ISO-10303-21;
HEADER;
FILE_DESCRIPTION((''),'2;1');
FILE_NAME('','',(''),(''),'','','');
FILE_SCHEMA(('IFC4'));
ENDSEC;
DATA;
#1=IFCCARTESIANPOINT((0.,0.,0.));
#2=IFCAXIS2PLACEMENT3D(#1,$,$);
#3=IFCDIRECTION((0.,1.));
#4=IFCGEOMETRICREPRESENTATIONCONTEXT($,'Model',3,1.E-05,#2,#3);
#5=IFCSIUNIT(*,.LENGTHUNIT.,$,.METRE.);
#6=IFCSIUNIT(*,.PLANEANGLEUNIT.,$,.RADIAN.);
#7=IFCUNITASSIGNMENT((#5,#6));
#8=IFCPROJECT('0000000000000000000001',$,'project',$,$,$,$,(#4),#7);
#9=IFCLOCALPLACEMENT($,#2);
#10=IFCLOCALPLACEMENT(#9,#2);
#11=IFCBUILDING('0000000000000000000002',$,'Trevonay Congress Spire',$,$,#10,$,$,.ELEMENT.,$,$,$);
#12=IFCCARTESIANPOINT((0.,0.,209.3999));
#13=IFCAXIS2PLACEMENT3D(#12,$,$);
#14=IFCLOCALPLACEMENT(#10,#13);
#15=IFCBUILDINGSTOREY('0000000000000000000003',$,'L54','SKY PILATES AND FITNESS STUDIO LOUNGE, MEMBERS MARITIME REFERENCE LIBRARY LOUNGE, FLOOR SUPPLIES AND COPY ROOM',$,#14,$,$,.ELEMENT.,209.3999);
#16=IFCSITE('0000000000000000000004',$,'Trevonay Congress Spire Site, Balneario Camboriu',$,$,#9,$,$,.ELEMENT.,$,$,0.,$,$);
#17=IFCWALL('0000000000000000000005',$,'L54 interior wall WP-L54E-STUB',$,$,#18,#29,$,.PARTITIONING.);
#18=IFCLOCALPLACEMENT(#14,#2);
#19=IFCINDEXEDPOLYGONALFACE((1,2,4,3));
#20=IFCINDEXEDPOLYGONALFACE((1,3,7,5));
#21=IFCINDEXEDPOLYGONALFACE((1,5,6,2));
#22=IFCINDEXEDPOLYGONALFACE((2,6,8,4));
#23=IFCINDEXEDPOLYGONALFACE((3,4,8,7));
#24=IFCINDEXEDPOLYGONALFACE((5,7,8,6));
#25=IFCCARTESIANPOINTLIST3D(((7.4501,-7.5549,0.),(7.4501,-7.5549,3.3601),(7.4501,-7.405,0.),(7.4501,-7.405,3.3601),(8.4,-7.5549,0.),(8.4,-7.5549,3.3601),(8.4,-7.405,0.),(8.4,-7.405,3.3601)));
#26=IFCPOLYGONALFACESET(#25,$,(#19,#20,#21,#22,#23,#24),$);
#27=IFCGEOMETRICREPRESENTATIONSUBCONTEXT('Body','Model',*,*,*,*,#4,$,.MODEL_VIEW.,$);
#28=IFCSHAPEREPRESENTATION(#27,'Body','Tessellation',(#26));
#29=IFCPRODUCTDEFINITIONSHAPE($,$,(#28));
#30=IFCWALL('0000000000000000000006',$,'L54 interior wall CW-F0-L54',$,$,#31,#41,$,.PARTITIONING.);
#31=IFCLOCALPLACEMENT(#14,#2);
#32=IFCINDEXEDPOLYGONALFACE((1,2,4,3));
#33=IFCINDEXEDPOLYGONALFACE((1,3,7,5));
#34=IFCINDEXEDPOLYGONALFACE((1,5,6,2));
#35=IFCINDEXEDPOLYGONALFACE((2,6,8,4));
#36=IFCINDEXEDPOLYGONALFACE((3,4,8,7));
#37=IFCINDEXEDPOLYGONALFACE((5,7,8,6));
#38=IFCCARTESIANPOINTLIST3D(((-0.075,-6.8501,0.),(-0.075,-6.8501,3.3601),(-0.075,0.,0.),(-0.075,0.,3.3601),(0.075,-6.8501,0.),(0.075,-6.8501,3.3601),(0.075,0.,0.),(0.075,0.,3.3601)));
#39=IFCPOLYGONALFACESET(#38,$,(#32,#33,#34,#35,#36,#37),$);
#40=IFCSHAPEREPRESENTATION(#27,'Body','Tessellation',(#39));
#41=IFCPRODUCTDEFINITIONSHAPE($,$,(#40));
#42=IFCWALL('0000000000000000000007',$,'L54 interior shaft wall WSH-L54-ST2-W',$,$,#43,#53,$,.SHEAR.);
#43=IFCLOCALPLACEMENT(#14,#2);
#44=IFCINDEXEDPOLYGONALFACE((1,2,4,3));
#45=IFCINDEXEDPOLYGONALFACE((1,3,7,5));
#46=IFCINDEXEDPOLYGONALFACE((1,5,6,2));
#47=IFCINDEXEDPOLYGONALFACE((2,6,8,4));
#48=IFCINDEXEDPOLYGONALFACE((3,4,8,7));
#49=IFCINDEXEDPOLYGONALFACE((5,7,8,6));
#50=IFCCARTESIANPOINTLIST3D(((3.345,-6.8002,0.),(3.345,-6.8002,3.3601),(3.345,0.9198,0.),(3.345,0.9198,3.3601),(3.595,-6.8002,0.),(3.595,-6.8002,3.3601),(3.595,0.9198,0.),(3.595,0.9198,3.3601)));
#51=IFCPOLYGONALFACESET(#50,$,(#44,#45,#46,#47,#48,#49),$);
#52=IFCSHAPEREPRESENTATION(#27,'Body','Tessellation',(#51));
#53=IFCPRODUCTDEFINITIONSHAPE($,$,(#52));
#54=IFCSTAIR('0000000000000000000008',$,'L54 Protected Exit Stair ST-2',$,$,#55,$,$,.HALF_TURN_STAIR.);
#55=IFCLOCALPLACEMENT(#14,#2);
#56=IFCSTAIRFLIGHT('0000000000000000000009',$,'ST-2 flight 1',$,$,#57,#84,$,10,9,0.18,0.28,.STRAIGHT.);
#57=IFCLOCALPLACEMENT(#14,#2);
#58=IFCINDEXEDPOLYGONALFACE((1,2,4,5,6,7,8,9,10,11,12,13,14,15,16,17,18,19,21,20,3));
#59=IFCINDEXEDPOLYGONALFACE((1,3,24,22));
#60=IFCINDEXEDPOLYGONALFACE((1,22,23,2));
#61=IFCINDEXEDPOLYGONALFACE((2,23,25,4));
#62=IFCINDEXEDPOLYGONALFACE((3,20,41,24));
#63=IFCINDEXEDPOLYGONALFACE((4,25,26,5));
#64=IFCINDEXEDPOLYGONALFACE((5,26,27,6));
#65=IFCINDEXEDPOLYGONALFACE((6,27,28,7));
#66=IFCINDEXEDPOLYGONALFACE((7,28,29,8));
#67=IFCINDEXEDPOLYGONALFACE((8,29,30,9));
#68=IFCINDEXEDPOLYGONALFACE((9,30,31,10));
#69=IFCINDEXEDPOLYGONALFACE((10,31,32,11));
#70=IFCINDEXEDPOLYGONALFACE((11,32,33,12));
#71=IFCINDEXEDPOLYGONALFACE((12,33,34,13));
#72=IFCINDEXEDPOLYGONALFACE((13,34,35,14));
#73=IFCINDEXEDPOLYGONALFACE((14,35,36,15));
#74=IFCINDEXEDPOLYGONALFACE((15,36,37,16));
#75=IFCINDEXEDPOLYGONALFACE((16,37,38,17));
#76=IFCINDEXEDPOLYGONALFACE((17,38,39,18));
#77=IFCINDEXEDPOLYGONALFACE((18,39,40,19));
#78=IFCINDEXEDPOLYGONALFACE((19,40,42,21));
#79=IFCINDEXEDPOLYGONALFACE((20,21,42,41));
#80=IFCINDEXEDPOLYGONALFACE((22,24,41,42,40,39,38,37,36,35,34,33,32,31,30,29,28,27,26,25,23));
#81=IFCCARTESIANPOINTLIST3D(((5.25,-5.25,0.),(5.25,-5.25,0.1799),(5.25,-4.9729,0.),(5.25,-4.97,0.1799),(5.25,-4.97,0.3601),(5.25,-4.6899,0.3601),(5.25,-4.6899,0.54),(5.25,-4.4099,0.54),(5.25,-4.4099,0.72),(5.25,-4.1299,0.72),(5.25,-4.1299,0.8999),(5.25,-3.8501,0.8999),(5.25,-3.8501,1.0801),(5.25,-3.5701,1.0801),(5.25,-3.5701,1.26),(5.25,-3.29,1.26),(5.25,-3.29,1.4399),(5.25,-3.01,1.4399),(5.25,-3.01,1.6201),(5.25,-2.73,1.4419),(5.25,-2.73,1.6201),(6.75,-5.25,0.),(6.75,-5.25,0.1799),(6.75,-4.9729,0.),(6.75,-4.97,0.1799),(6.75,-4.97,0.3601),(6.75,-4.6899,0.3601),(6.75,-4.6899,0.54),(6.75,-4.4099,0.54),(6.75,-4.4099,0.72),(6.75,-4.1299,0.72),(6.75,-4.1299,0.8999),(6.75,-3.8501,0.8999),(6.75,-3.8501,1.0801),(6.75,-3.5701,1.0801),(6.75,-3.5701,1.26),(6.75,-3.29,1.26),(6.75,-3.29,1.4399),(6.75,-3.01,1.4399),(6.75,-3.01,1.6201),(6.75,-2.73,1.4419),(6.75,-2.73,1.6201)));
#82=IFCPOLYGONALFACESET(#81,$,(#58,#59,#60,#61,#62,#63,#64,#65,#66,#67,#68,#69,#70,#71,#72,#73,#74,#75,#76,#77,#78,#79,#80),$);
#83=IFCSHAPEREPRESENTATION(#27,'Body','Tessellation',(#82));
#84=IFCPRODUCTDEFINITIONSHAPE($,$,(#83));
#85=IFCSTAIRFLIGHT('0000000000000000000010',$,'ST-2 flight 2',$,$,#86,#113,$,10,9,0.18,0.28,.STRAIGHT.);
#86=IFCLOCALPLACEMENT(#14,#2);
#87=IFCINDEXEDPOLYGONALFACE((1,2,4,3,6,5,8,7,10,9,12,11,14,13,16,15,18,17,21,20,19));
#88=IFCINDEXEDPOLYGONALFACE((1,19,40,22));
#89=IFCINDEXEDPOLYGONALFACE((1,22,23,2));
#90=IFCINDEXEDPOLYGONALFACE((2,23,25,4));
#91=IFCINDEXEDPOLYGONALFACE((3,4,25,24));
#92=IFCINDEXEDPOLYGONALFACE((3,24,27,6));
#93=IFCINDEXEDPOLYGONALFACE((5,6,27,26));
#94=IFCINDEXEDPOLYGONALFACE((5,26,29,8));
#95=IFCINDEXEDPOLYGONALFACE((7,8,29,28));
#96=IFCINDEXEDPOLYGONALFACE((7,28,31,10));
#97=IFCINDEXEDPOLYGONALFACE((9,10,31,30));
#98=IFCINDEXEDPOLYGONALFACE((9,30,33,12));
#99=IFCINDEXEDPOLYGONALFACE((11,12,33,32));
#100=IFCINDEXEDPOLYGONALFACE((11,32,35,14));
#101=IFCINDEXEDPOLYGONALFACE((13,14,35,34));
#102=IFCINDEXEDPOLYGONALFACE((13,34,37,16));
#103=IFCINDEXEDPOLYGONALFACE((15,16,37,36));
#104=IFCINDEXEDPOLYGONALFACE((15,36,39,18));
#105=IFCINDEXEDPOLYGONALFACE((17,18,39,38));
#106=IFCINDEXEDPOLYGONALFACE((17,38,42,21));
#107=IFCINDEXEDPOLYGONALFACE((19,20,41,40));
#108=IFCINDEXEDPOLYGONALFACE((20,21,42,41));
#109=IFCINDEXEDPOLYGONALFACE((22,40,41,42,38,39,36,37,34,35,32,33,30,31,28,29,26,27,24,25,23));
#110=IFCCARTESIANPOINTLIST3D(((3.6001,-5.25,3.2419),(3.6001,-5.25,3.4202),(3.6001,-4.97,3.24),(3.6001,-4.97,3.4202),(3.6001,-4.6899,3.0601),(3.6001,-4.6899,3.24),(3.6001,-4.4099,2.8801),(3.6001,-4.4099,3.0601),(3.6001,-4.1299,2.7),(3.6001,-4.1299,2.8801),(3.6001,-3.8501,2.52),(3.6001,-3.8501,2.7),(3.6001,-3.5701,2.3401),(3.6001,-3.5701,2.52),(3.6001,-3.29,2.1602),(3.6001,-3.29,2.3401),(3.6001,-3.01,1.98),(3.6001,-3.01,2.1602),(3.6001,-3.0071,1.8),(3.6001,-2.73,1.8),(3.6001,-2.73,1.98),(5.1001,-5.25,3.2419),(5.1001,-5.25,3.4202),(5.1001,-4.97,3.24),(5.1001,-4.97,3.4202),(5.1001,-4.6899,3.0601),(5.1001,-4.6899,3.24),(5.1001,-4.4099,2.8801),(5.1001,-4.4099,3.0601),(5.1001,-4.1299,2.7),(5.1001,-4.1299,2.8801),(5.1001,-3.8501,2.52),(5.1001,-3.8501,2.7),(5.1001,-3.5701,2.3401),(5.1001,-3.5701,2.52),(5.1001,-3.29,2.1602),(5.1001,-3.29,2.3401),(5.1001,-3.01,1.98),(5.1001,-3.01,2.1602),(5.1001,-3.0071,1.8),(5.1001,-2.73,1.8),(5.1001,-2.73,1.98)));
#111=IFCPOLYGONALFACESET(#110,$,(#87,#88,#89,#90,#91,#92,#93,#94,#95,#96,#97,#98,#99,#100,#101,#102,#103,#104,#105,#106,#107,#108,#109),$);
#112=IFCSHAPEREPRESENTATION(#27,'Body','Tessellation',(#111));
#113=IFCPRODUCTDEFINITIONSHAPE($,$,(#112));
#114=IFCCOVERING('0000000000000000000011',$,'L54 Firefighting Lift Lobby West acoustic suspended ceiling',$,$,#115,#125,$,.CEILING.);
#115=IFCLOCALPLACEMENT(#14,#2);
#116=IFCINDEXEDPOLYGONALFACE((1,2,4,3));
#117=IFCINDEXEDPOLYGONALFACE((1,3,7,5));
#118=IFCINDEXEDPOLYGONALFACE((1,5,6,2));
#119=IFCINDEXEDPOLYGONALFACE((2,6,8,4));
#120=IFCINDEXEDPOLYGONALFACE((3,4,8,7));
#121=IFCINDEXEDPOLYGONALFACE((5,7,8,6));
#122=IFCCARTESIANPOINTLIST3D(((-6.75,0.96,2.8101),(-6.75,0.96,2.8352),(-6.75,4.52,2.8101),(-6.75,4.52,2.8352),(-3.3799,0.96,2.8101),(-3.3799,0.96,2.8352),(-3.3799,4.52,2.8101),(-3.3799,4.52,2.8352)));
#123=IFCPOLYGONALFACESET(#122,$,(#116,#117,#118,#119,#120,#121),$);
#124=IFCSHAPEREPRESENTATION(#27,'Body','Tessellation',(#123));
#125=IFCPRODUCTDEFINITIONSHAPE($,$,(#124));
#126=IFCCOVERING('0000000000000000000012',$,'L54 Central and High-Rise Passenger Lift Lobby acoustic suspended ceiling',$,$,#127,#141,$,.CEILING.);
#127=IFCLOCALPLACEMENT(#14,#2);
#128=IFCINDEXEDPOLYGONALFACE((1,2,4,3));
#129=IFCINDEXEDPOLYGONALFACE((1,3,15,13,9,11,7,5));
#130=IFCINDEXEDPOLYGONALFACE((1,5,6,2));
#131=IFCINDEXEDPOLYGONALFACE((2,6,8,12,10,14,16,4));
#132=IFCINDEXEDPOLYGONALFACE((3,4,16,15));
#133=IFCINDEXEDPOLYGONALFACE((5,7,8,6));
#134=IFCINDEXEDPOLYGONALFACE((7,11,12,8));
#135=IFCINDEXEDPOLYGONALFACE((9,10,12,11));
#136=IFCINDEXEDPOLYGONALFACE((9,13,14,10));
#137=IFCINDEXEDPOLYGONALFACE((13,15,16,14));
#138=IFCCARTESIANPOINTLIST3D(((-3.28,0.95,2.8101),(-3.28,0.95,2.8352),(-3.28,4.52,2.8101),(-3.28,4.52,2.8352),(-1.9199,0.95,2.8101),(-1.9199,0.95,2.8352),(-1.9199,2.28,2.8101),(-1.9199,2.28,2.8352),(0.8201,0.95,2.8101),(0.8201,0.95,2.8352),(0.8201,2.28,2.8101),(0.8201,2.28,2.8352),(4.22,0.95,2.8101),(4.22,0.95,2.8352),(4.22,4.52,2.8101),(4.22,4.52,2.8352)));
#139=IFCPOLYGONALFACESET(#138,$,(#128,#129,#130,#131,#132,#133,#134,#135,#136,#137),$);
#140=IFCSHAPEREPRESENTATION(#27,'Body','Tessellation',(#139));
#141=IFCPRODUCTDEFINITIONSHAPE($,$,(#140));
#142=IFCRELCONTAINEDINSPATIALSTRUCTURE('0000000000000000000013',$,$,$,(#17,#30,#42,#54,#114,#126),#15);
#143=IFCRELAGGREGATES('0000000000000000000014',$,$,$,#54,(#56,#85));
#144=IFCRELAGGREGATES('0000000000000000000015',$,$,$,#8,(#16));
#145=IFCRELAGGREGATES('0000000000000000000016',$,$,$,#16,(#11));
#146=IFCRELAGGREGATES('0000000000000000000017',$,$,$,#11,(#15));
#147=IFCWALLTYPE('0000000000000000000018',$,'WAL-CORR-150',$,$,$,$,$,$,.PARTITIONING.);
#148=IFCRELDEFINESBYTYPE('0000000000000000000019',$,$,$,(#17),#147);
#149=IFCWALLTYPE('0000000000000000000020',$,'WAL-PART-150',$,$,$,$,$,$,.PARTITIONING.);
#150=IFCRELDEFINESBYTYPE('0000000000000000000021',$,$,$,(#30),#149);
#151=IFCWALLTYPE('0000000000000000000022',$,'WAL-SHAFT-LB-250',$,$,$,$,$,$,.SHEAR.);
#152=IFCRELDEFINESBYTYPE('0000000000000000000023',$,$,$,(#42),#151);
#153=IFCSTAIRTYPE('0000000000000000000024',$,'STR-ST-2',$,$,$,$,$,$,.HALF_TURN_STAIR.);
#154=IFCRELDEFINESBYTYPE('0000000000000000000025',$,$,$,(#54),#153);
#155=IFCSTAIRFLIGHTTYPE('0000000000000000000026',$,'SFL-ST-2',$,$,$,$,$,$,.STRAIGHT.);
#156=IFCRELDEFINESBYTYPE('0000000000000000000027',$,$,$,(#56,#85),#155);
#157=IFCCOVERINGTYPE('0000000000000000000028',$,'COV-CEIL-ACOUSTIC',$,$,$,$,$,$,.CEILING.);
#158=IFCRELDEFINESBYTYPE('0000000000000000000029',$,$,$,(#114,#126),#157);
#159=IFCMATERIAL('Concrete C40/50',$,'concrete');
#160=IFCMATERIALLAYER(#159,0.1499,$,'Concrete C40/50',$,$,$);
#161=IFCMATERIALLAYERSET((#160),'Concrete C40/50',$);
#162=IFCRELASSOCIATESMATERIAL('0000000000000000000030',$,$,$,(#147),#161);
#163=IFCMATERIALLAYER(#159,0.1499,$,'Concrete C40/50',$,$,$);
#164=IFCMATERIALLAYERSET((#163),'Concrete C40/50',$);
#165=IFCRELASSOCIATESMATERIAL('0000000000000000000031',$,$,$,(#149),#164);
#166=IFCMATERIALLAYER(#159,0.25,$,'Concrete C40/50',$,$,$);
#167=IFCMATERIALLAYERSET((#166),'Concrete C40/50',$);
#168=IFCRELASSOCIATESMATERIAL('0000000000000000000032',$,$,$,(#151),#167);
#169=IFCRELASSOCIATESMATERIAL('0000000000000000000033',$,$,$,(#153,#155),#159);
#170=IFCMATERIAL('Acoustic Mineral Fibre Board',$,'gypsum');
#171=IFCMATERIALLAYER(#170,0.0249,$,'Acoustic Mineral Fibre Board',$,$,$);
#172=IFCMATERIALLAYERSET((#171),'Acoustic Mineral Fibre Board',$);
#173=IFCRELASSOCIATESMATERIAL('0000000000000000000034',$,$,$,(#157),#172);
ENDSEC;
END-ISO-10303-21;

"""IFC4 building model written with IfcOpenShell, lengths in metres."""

from ifc_helpers import new_model, si_unit, direction, frame, frame_2d, origin, place, context, subcontext, project, spatial, polyline, rectangle, outline, extrude, material, layer, layer_set, type_object, element, aggregate, save


model = new_model("IFC4")

# Units and contexts
model_context = context("Model", 3, precision=1e-05, world=origin(), true_north=direction((0.0, 1.0)))
body_context = subcontext(model_context, "Body", "Model", "MODEL_VIEW")
ifc_project = project(units=[si_unit("LENGTHUNIT", "METRE"), si_unit("PLANEANGLEUNIT", "RADIAN")], contexts=[model_context])

# Site, building, storey
site_placement = place(None, origin())
site = spatial("IfcSite", under=ifc_project, at=site_placement, Name="Trevonay Congress Spire Site, Balneario Camboriu", CompositionType="ELEMENT", RefElevation=0.0)
building_placement = place(site_placement, origin())
building = spatial("IfcBuilding", under=site, at=building_placement, Name="Trevonay Congress Spire", CompositionType="ELEMENT")
storey_placement = place(building_placement, frame((0.0, 0.0, 209.3999)))
storey = spatial("IfcBuildingStorey", under=building, at=storey_placement, Name="L54", Description="SKY PILATES AND FITNESS STUDIO LOUNGE, MEMBERS MARITIME REFERENCE LIBRARY LOUNGE, FLOOR SUPPLIES AND COPY ROOM", CompositionType="ELEMENT", Elevation=209.3999)

# Walls
ifc_material_1 = material(Name="Concrete C40/50", Category="concrete")
ifc_layer_1 = layer(ifc_material_1, 0.1499, Name="Concrete C40/50")
ifc_layer_set_1 = layer_set([ifc_layer_1], Name="Concrete C40/50")
wall_type_1 = type_object("IfcWallType", Name="WAL-CORR-150", PredefinedType="PARTITIONING", material=ifc_layer_set_1)
wall_1_placement = place(storey_placement, frame((7.45, -7.48, 0.0), z_axis=(0.0, 0.0, 1.0), x_axis=(1.0, 0.0, 0.0)))
element("IfcWall", 1, at=wall_1_placement, inside=storey, type_object=wall_type_1, Name="L54 interior wall WP-L54E-STUB", PredefinedType="PARTITIONING", context=body_context, shape_type="SweptSolid", body=[
    extrude(rectangle(XDim=0.95, YDim=0.1499, at=frame_2d((0.4751, 0.0))), origin(), (0.0, 0.0, 1.0), 3.3601),
])
ifc_layer_2 = layer(ifc_material_1, 0.1499, Name="Concrete C40/50")
ifc_layer_set_2 = layer_set([ifc_layer_2], Name="Concrete C40/50")
wall_type_2 = type_object("IfcWallType", Name="WAL-PART-150", PredefinedType="PARTITIONING", material=ifc_layer_set_2)
wall_2_placement = place(storey_placement, frame((0.0, -6.8501, 0.0), z_axis=(0.0, 0.0, 1.0), x_axis=(0.0, 1.0, 0.0)))
element("IfcWall", 2, at=wall_2_placement, inside=storey, type_object=wall_type_2, Name="L54 interior wall CW-F0-L54", PredefinedType="PARTITIONING", context=body_context, shape_type="SweptSolid", body=[
    extrude(rectangle(XDim=6.8501, YDim=0.1499, at=frame_2d((3.425, 0.0))), origin(), (0.0, 0.0, 1.0), 3.3601),
])
ifc_layer_3 = layer(ifc_material_1, 0.25, Name="Concrete C40/50")
ifc_layer_set_3 = layer_set([ifc_layer_3], Name="Concrete C40/50")
wall_type_3 = type_object("IfcWallType", Name="WAL-SHAFT-LB-250", PredefinedType="SHEAR", material=ifc_layer_set_3)
wall_3_placement = place(storey_placement, frame((3.47, -6.8, 0.0), z_axis=(0.0, 0.0, 1.0), x_axis=(0.0, 1.0, 0.0)))
element("IfcWall", 3, at=wall_3_placement, inside=storey, type_object=wall_type_3, Name="L54 interior shaft wall WSH-L54-ST2-W", PredefinedType="SHEAR", context=body_context, shape_type="SweptSolid", body=[
    extrude(rectangle(XDim=7.72, YDim=0.25, at=frame_2d((3.8599, 0.0))), origin(), (0.0, 0.0, 1.0), 3.3601),
])

# Stair, stair flights
stair_type = type_object("IfcStairType", Name="STR-ST-2", PredefinedType="HALF_TURN_STAIR", material=ifc_material_1)
stair_placement = place(storey_placement, origin())
stair = element("IfcStair", 4, at=stair_placement, inside=storey, type_object=stair_type, Name="L54 Protected Exit Stair ST-2", PredefinedType="HALF_TURN_STAIR")
stair_flight_type = type_object("IfcStairFlightType", Name="SFL-ST-2", PredefinedType="STRAIGHT", material=ifc_material_1)
stair_flight_1_placement = place(storey_placement, frame((6.0, -5.25, 0.0), z_axis=(0.0, 0.0, 1.0), x_axis=(0.0, 1.0, 0.0)))
stair_flight_1 = element("IfcStairFlight", 5, at=stair_flight_1_placement, type_object=stair_flight_type, Name="ST-2 flight 1", NumberOfRisers=10, NumberOfTreads=9, PredefinedType="STRAIGHT", RiserHeight=0.18, TreadLength=0.28, context=body_context, shape_type="SweptSolid", body=[
    extrude(outline(polyline([(0.0, 0.0), (0.0, 0.1799), (0.28, 0.1799), (0.28, 0.3601), (0.5601, 0.3601), (0.5601, 0.54), (0.8401, 0.54), (0.8401, 0.72), (1.1201, 0.72), (1.1201, 0.8999), (1.3999, 0.8999), (1.3999, 1.0801), (1.6799, 1.0801), (1.6799, 1.26), (1.96, 1.26), (1.96, 1.4399), (2.24, 1.4399), (2.24, 1.6201), (2.52, 1.6201), (2.52, 1.8), (2.52, 1.4419), (0.2771, 0.0), (0.0, 0.0)])), frame((0.0, 0.75, 0.0), z_axis=(0.0, -1.0, 0.0), x_axis=(1.0, 0.0, 0.0)), (0.0, 0.0, 1.0), 1.5),
])
stair_flight_2_placement = place(storey_placement, frame((4.3501, -2.73, 1.8), z_axis=(0.0, 0.0, 1.0), x_axis=(0.0, -1.0, 0.0)))
stair_flight_2 = element("IfcStairFlight", 6, at=stair_flight_2_placement, type_object=stair_flight_type, Name="ST-2 flight 2", NumberOfRisers=10, NumberOfTreads=9, PredefinedType="STRAIGHT", RiserHeight=0.18, TreadLength=0.28, context=body_context, shape_type="SweptSolid", body=[
    extrude(outline(polyline([(0.0, 0.0), (0.0, 0.1799), (0.28, 0.1799), (0.28, 0.3601), (0.5601, 0.3601), (0.5601, 0.54), (0.8401, 0.54), (0.8401, 0.72), (1.1201, 0.72), (1.1201, 0.8999), (1.3999, 0.8999), (1.3999, 1.0801), (1.6799, 1.0801), (1.6799, 1.26), (1.96, 1.26), (1.96, 1.4399), (2.24, 1.4399), (2.24, 1.6201), (2.52, 1.6201), (2.52, 1.8), (2.52, 1.4419), (0.2771, 0.0), (0.0, 0.0)])), frame((0.0, 0.75, 0.0), z_axis=(0.0, -1.0, 0.0), x_axis=(1.0, 0.0, 0.0)), (0.0, 0.0, 1.0), 1.5),
])
aggregate(stair, [stair_flight_1, stair_flight_2])

# Coverings
ifc_material_2 = material(Name="Acoustic Mineral Fibre Board", Category="gypsum")
ifc_layer_4 = layer(ifc_material_2, 0.0249, Name="Acoustic Mineral Fibre Board")
ifc_layer_set_4 = layer_set([ifc_layer_4], Name="Acoustic Mineral Fibre Board")
covering_type_1 = type_object("IfcCoveringType", Name="COV-CEIL-ACOUSTIC", PredefinedType="CEILING", material=ifc_layer_set_4)
covering_1_placement = place(storey_placement, frame((0.0, 0.0, 2.8101)))
element("IfcCovering", 7, at=covering_1_placement, inside=storey, type_object=covering_type_1, Name="L54 Firefighting Lift Lobby West acoustic suspended ceiling", PredefinedType="CEILING", context=body_context, shape_type="SweptSolid", body=[
    extrude(outline(polyline([(-6.75, 0.96), (-3.3799, 0.96), (-3.3799, 4.52), (-6.75, 4.52), (-6.75, 0.96)])), origin(), (0.0, 0.0, 1.0), 0.0251),
])
covering_2_placement = place(storey_placement, frame((0.0, 0.0, 2.8101)))
element("IfcCovering", 8, at=covering_2_placement, inside=storey, type_object=covering_type_1, Name="L54 Central and High-Rise Passenger Lift Lobby acoustic suspended ceiling", PredefinedType="CEILING", context=body_context, shape_type="SweptSolid", body=[
    extrude(outline(polyline([(-3.28, 0.95), (-1.9199, 0.95), (-1.9199, 2.28), (0.8201, 2.28), (0.8201, 0.95), (4.22, 0.95), (4.22, 4.52), (-3.28, 4.52), (-3.28, 0.95)])), origin(), (0.0, 0.0, 1.0), 0.0251),
])

save(model, "model.ifc")
